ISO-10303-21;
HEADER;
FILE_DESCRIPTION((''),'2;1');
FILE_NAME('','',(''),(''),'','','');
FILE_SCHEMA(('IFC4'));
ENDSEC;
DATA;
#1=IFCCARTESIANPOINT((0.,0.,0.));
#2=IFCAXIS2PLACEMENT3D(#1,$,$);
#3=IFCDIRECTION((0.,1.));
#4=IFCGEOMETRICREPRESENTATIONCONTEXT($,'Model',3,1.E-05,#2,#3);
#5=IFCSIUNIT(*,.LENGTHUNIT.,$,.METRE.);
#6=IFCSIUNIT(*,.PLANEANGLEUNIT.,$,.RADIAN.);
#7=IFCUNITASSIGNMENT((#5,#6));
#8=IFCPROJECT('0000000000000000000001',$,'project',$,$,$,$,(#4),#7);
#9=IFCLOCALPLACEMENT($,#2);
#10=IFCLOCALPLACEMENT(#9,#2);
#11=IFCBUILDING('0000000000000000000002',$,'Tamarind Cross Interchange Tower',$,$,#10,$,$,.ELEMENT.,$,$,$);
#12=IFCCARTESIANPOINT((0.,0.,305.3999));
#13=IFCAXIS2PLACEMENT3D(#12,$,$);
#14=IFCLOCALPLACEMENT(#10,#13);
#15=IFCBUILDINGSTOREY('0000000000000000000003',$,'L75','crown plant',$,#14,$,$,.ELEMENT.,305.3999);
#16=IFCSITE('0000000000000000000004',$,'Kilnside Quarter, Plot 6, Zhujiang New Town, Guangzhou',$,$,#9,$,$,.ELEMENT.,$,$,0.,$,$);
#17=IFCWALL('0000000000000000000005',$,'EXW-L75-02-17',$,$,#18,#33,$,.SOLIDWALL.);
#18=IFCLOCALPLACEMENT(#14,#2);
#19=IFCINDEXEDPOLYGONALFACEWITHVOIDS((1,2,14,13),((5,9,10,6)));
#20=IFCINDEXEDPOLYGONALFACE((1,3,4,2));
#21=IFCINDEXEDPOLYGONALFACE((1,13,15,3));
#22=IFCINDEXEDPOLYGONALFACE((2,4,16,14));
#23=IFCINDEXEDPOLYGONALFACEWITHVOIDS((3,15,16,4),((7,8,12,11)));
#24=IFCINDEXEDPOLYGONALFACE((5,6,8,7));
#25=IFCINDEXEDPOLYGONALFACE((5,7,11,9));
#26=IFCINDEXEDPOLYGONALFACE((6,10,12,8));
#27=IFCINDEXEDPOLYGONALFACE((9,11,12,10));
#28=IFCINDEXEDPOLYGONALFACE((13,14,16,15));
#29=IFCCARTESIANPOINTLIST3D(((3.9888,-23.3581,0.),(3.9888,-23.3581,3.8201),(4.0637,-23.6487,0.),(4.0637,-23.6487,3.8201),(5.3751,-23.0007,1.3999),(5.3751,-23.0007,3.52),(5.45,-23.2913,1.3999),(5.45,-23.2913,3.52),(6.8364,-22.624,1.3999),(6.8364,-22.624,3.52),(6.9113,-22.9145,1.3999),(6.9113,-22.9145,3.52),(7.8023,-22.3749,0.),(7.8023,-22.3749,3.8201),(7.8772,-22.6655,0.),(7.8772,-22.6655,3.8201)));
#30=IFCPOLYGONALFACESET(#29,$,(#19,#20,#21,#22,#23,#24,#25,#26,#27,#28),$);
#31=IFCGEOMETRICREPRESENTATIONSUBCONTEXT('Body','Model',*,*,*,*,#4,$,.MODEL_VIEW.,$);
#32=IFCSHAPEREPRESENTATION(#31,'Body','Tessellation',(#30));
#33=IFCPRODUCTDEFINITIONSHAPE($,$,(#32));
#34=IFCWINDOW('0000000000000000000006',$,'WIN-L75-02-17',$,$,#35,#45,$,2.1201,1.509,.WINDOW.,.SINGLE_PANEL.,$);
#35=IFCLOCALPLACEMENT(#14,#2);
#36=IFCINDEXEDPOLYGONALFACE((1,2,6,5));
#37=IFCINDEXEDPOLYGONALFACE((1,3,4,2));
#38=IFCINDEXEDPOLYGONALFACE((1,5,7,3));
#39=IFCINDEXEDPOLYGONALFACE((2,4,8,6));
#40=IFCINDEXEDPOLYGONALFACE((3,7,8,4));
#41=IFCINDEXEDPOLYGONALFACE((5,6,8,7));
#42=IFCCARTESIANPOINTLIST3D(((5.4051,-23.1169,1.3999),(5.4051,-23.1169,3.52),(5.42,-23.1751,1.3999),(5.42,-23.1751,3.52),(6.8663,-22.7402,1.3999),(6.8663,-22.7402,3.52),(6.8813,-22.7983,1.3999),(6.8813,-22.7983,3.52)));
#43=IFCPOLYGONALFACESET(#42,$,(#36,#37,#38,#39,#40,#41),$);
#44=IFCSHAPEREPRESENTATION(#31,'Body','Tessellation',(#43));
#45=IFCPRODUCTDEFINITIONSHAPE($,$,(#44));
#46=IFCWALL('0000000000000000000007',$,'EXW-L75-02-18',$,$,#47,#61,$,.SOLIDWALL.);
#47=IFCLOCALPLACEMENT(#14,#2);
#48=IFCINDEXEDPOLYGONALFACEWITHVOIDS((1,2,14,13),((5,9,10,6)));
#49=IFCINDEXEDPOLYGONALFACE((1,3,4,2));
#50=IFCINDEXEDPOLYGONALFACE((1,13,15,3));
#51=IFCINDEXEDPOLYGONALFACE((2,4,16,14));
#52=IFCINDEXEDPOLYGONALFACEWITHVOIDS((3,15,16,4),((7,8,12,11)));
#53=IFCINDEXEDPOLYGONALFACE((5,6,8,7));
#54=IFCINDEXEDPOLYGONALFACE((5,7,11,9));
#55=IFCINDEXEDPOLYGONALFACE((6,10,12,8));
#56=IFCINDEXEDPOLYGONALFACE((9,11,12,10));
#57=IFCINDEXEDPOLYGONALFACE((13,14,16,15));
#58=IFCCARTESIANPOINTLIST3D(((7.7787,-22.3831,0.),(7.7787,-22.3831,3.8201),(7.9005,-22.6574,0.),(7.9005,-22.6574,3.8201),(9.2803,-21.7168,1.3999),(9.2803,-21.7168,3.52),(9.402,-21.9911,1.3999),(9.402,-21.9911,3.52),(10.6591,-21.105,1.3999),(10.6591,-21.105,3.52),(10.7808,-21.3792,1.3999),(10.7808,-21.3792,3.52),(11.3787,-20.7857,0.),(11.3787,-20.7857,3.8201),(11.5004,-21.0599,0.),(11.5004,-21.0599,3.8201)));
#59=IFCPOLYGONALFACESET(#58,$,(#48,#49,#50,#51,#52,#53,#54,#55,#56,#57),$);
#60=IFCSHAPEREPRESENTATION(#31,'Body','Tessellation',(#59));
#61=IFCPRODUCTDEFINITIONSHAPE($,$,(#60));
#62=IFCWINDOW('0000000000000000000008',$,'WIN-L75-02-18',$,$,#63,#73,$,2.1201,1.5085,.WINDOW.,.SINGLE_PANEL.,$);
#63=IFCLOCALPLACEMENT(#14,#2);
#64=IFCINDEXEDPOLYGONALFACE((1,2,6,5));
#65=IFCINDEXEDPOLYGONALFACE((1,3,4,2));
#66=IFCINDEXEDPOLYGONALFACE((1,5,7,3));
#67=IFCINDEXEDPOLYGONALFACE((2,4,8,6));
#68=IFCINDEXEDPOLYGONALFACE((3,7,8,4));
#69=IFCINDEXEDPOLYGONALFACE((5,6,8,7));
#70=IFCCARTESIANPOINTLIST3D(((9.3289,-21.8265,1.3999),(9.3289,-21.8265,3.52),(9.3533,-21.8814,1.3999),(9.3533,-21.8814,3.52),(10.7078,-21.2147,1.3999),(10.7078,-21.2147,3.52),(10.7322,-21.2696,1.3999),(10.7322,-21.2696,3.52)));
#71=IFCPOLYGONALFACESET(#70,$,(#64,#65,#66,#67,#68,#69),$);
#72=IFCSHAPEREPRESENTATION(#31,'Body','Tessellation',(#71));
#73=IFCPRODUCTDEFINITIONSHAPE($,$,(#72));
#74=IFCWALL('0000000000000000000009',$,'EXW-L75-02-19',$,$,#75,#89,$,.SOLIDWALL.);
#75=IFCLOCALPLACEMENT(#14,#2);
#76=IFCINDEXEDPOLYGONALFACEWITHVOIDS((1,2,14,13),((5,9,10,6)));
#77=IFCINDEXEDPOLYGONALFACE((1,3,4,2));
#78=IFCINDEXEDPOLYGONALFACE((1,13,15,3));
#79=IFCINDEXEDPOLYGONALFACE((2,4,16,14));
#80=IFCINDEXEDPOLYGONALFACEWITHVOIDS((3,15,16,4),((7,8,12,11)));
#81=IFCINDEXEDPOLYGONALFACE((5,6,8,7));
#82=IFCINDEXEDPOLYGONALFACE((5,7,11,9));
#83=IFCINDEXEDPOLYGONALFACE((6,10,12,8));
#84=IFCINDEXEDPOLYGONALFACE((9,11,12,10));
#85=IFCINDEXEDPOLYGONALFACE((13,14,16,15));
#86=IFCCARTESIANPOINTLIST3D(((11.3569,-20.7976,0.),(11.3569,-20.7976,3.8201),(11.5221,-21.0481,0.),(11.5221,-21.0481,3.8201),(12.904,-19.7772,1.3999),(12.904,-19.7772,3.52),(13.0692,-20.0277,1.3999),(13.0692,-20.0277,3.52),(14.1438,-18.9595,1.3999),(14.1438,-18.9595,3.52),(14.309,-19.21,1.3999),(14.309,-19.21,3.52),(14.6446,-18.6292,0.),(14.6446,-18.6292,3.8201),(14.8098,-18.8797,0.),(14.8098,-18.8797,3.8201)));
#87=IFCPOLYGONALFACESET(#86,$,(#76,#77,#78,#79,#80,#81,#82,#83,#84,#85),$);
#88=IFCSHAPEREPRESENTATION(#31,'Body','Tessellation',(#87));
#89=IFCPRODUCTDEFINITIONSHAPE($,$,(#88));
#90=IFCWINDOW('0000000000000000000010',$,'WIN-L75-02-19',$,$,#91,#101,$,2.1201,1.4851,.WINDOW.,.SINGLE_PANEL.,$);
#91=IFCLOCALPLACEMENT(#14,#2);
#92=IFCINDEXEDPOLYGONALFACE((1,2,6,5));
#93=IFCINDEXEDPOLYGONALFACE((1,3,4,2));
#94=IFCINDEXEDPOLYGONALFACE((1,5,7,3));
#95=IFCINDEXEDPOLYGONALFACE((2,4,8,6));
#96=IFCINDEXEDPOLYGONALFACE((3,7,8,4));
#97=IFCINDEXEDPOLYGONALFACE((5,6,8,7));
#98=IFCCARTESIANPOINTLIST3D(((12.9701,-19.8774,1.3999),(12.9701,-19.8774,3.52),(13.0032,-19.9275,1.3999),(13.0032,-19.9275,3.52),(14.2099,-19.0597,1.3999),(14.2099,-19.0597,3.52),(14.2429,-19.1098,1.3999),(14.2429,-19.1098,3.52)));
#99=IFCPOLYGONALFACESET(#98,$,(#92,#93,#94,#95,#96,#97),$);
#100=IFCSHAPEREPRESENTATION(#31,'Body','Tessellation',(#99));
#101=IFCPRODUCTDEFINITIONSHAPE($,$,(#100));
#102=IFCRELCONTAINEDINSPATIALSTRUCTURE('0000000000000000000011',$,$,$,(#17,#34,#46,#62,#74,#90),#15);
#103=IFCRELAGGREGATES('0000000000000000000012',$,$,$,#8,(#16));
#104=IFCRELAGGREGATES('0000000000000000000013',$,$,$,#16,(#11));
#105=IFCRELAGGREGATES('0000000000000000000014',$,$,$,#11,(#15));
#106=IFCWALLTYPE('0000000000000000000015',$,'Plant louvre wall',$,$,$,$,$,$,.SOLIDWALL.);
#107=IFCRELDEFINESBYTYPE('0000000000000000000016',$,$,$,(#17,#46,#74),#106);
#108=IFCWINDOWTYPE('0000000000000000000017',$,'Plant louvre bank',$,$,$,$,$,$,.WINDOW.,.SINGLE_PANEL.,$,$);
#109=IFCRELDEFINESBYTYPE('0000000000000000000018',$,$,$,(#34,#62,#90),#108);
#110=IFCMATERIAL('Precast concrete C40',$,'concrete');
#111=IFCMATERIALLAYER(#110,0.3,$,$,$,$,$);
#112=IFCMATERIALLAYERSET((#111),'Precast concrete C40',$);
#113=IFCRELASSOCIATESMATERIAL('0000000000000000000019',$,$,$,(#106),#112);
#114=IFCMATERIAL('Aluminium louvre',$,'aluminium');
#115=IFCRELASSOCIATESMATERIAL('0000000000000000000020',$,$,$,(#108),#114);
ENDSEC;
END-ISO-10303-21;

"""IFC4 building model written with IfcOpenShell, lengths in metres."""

from ifc_helpers import new_model, si_unit, direction, frame, frame_2d, origin, place, context, subcontext, project, spatial, rectangle, extrude, material, layer, layer_set, type_object, element, fill, save


model = new_model("IFC4")

# Units and contexts
model_context = context("Model", 3, precision=1e-05, world=origin(), true_north=direction((0.0, 1.0)))
body_context = subcontext(model_context, "Body", "Model", "MODEL_VIEW")
ifc_project = project(units=[si_unit("LENGTHUNIT", "METRE"), si_unit("PLANEANGLEUNIT", "RADIAN")], contexts=[model_context])

# Site, building, storey
site_placement = place(None, origin())
site = spatial("IfcSite", under=ifc_project, at=site_placement, Name="Kilnside Quarter, Plot 6, Zhujiang New Town, Guangzhou", CompositionType="ELEMENT", RefElevation=0.0)
building_placement = place(site_placement, origin())
building = spatial("IfcBuilding", under=site, at=building_placement, Name="Tamarind Cross Interchange Tower", CompositionType="ELEMENT")
storey_placement = place(building_placement, frame((0.0, 0.0, 305.3999)))
storey = spatial("IfcBuildingStorey", under=building, at=storey_placement, Name="L75", Description="crown plant", CompositionType="ELEMENT", Elevation=305.3999)

# Walls, openings, windows
ifc_material_1 = material(Name="Precast concrete C40", Category="concrete")
ifc_layer_1 = layer(ifc_material_1, 0.3)
ifc_layer_set_1 = layer_set([ifc_layer_1], Name="Precast concrete C40")
wall_type_1 = type_object("IfcWallType", Name="Plant louvre wall", PredefinedType="SOLIDWALL", material=ifc_layer_set_1)
ifc_material_2 = material(Name="Aluminium louvre", Category="aluminium")
window_type = type_object("IfcWindowType", Name="Plant louvre bank", PartitioningType="SINGLE_PANEL", PredefinedType="WINDOW", material=ifc_material_2)
wall_1_placement = place(storey_placement, frame((4.0261, -23.5034, 0.0), z_axis=(0.0, 0.0, 1.0), x_axis=(0.968337, 0.249647, 0.0)))
wall_1 = element("IfcWall", 1, at=wall_1_placement, inside=storey, type_object=wall_type_1, Name="EXW-L75-02-17", PredefinedType="SOLIDWALL", context=body_context, shape_type="SweptSolid", body=[
    extrude(rectangle(XDim=3.9382, YDim=0.3, at=frame_2d((1.9692, 0.0))), origin(), (0.0, 0.0, 1.0), 3.8201),
])
opening_1_placement = place(wall_1_placement, frame((1.4319, 0.0, 1.3999)))
opening_1 = element("IfcOpeningElement", 2, at=opening_1_placement, cuts=wall_1, PredefinedType="OPENING", context=body_context, shape_type="SweptSolid", body=[
    extrude(rectangle(XDim=1.509, YDim=2.1201, at=frame_2d((0.7544, 1.0601))), frame((0.0, 0.1599, 0.0), z_axis=(0.0, -1.0, 0.0), x_axis=(1.0, 0.0, 0.0)), (0.0, 0.0, 1.0), 0.3201),
])
window_1_placement = place(opening_1_placement, origin())
window_1 = element("IfcWindow", 3, at=window_1_placement, inside=storey, type_object=window_type, Name="WIN-L75-02-17", OverallHeight=2.1201, OverallWidth=1.509, PartitioningType="SINGLE_PANEL", PredefinedType="WINDOW", context=body_context, shape_type="SweptSolid", body=[
    extrude(rectangle(XDim=1.509, YDim=2.1201, at=frame_2d((0.7544, 1.0601))), frame((0.0, 0.03, 0.0), z_axis=(0.0, -1.0, 0.0), x_axis=(1.0, 0.0, 0.0)), (0.0, 0.0, 1.0), 0.0601),
])
fill(opening_1, window_1)
wall_2_placement = place(storey_placement, frame((7.8396, -22.5203, 0.0), z_axis=(0.0, 0.0, 1.0), x_axis=(0.914049, 0.405603, 0.0)))
wall_2 = element("IfcWall", 4, at=wall_2_placement, inside=storey, type_object=wall_type_1, Name="EXW-L75-02-18", PredefinedType="SOLIDWALL", context=body_context, shape_type="SweptSolid", body=[
    extrude(rectangle(XDim=3.9385, YDim=0.3, at=frame_2d((1.9692, 0.0))), origin(), (0.0, 0.0, 1.0), 3.8201),
])
opening_2_placement = place(wall_2_placement, frame((1.6426, 0.0, 1.3999)))
opening_2 = element("IfcOpeningElement", 5, at=opening_2_placement, cuts=wall_2, PredefinedType="OPENING", context=body_context, shape_type="SweptSolid", body=[
    extrude(rectangle(XDim=1.5085, YDim=2.1201, at=frame_2d((0.7544, 1.0601))), frame((0.0, 0.1599, 0.0), z_axis=(0.0, -1.0, 0.0), x_axis=(1.0, 0.0, 0.0)), (0.0, 0.0, 1.0), 0.3201),
])
window_2_placement = place(opening_2_placement, origin())
window_2 = element("IfcWindow", 6, at=window_2_placement, inside=storey, type_object=window_type, Name="WIN-L75-02-18", OverallHeight=2.1201, OverallWidth=1.5085, PartitioningType="SINGLE_PANEL", PredefinedType="WINDOW", context=body_context, shape_type="SweptSolid", body=[
    extrude(rectangle(XDim=1.5085, YDim=2.1201, at=frame_2d((0.7544, 1.0601))), frame((0.0, 0.03, 0.0), z_axis=(0.0, -1.0, 0.0), x_axis=(1.0, 0.0, 0.0)), (0.0, 0.0, 1.0), 0.0601),
])
fill(opening_2, window_2)
wall_3_placement = place(storey_placement, frame((11.4395, -20.9229, 0.0), z_axis=(0.0, 0.0, 1.0), x_axis=(0.834787, 0.550574, 0.0)))
wall_3 = element("IfcWall", 7, at=wall_3_placement, inside=storey, type_object=wall_type_1, Name="EXW-L75-02-19", PredefinedType="SOLIDWALL", context=body_context, shape_type="SweptSolid", body=[
    extrude(rectangle(XDim=3.9385, YDim=0.3, at=frame_2d((1.9692, 0.0))), origin(), (0.0, 0.0, 1.0), 3.8201),
])
opening_3_placement = place(wall_3_placement, frame((1.8533, 0.0, 1.3999)))
opening_3 = element("IfcOpeningElement", 8, at=opening_3_placement, cuts=wall_3, PredefinedType="OPENING", context=body_context, shape_type="SweptSolid", body=[
    extrude(rectangle(XDim=1.4851, YDim=2.1201, at=frame_2d((0.7427, 1.0601))), frame((0.0, 0.1599, 0.0), z_axis=(0.0, -1.0, 0.0), x_axis=(1.0, 0.0, 0.0)), (0.0, 0.0, 1.0), 0.3201),
])
window_3_placement = place(opening_3_placement, origin())
window_3 = element("IfcWindow", 9, at=window_3_placement, inside=storey, type_object=window_type, Name="WIN-L75-02-19", OverallHeight=2.1201, OverallWidth=1.4851, PartitioningType="SINGLE_PANEL", PredefinedType="WINDOW", context=body_context, shape_type="SweptSolid", body=[
    extrude(rectangle(XDim=1.4851, YDim=2.1201, at=frame_2d((0.7427, 1.0601))), frame((0.0, 0.03, 0.0), z_axis=(0.0, -1.0, 0.0), x_axis=(1.0, 0.0, 0.0)), (0.0, 0.0, 1.0), 0.0601),
])
fill(opening_3, window_3)

save(model, "model.ifc")
